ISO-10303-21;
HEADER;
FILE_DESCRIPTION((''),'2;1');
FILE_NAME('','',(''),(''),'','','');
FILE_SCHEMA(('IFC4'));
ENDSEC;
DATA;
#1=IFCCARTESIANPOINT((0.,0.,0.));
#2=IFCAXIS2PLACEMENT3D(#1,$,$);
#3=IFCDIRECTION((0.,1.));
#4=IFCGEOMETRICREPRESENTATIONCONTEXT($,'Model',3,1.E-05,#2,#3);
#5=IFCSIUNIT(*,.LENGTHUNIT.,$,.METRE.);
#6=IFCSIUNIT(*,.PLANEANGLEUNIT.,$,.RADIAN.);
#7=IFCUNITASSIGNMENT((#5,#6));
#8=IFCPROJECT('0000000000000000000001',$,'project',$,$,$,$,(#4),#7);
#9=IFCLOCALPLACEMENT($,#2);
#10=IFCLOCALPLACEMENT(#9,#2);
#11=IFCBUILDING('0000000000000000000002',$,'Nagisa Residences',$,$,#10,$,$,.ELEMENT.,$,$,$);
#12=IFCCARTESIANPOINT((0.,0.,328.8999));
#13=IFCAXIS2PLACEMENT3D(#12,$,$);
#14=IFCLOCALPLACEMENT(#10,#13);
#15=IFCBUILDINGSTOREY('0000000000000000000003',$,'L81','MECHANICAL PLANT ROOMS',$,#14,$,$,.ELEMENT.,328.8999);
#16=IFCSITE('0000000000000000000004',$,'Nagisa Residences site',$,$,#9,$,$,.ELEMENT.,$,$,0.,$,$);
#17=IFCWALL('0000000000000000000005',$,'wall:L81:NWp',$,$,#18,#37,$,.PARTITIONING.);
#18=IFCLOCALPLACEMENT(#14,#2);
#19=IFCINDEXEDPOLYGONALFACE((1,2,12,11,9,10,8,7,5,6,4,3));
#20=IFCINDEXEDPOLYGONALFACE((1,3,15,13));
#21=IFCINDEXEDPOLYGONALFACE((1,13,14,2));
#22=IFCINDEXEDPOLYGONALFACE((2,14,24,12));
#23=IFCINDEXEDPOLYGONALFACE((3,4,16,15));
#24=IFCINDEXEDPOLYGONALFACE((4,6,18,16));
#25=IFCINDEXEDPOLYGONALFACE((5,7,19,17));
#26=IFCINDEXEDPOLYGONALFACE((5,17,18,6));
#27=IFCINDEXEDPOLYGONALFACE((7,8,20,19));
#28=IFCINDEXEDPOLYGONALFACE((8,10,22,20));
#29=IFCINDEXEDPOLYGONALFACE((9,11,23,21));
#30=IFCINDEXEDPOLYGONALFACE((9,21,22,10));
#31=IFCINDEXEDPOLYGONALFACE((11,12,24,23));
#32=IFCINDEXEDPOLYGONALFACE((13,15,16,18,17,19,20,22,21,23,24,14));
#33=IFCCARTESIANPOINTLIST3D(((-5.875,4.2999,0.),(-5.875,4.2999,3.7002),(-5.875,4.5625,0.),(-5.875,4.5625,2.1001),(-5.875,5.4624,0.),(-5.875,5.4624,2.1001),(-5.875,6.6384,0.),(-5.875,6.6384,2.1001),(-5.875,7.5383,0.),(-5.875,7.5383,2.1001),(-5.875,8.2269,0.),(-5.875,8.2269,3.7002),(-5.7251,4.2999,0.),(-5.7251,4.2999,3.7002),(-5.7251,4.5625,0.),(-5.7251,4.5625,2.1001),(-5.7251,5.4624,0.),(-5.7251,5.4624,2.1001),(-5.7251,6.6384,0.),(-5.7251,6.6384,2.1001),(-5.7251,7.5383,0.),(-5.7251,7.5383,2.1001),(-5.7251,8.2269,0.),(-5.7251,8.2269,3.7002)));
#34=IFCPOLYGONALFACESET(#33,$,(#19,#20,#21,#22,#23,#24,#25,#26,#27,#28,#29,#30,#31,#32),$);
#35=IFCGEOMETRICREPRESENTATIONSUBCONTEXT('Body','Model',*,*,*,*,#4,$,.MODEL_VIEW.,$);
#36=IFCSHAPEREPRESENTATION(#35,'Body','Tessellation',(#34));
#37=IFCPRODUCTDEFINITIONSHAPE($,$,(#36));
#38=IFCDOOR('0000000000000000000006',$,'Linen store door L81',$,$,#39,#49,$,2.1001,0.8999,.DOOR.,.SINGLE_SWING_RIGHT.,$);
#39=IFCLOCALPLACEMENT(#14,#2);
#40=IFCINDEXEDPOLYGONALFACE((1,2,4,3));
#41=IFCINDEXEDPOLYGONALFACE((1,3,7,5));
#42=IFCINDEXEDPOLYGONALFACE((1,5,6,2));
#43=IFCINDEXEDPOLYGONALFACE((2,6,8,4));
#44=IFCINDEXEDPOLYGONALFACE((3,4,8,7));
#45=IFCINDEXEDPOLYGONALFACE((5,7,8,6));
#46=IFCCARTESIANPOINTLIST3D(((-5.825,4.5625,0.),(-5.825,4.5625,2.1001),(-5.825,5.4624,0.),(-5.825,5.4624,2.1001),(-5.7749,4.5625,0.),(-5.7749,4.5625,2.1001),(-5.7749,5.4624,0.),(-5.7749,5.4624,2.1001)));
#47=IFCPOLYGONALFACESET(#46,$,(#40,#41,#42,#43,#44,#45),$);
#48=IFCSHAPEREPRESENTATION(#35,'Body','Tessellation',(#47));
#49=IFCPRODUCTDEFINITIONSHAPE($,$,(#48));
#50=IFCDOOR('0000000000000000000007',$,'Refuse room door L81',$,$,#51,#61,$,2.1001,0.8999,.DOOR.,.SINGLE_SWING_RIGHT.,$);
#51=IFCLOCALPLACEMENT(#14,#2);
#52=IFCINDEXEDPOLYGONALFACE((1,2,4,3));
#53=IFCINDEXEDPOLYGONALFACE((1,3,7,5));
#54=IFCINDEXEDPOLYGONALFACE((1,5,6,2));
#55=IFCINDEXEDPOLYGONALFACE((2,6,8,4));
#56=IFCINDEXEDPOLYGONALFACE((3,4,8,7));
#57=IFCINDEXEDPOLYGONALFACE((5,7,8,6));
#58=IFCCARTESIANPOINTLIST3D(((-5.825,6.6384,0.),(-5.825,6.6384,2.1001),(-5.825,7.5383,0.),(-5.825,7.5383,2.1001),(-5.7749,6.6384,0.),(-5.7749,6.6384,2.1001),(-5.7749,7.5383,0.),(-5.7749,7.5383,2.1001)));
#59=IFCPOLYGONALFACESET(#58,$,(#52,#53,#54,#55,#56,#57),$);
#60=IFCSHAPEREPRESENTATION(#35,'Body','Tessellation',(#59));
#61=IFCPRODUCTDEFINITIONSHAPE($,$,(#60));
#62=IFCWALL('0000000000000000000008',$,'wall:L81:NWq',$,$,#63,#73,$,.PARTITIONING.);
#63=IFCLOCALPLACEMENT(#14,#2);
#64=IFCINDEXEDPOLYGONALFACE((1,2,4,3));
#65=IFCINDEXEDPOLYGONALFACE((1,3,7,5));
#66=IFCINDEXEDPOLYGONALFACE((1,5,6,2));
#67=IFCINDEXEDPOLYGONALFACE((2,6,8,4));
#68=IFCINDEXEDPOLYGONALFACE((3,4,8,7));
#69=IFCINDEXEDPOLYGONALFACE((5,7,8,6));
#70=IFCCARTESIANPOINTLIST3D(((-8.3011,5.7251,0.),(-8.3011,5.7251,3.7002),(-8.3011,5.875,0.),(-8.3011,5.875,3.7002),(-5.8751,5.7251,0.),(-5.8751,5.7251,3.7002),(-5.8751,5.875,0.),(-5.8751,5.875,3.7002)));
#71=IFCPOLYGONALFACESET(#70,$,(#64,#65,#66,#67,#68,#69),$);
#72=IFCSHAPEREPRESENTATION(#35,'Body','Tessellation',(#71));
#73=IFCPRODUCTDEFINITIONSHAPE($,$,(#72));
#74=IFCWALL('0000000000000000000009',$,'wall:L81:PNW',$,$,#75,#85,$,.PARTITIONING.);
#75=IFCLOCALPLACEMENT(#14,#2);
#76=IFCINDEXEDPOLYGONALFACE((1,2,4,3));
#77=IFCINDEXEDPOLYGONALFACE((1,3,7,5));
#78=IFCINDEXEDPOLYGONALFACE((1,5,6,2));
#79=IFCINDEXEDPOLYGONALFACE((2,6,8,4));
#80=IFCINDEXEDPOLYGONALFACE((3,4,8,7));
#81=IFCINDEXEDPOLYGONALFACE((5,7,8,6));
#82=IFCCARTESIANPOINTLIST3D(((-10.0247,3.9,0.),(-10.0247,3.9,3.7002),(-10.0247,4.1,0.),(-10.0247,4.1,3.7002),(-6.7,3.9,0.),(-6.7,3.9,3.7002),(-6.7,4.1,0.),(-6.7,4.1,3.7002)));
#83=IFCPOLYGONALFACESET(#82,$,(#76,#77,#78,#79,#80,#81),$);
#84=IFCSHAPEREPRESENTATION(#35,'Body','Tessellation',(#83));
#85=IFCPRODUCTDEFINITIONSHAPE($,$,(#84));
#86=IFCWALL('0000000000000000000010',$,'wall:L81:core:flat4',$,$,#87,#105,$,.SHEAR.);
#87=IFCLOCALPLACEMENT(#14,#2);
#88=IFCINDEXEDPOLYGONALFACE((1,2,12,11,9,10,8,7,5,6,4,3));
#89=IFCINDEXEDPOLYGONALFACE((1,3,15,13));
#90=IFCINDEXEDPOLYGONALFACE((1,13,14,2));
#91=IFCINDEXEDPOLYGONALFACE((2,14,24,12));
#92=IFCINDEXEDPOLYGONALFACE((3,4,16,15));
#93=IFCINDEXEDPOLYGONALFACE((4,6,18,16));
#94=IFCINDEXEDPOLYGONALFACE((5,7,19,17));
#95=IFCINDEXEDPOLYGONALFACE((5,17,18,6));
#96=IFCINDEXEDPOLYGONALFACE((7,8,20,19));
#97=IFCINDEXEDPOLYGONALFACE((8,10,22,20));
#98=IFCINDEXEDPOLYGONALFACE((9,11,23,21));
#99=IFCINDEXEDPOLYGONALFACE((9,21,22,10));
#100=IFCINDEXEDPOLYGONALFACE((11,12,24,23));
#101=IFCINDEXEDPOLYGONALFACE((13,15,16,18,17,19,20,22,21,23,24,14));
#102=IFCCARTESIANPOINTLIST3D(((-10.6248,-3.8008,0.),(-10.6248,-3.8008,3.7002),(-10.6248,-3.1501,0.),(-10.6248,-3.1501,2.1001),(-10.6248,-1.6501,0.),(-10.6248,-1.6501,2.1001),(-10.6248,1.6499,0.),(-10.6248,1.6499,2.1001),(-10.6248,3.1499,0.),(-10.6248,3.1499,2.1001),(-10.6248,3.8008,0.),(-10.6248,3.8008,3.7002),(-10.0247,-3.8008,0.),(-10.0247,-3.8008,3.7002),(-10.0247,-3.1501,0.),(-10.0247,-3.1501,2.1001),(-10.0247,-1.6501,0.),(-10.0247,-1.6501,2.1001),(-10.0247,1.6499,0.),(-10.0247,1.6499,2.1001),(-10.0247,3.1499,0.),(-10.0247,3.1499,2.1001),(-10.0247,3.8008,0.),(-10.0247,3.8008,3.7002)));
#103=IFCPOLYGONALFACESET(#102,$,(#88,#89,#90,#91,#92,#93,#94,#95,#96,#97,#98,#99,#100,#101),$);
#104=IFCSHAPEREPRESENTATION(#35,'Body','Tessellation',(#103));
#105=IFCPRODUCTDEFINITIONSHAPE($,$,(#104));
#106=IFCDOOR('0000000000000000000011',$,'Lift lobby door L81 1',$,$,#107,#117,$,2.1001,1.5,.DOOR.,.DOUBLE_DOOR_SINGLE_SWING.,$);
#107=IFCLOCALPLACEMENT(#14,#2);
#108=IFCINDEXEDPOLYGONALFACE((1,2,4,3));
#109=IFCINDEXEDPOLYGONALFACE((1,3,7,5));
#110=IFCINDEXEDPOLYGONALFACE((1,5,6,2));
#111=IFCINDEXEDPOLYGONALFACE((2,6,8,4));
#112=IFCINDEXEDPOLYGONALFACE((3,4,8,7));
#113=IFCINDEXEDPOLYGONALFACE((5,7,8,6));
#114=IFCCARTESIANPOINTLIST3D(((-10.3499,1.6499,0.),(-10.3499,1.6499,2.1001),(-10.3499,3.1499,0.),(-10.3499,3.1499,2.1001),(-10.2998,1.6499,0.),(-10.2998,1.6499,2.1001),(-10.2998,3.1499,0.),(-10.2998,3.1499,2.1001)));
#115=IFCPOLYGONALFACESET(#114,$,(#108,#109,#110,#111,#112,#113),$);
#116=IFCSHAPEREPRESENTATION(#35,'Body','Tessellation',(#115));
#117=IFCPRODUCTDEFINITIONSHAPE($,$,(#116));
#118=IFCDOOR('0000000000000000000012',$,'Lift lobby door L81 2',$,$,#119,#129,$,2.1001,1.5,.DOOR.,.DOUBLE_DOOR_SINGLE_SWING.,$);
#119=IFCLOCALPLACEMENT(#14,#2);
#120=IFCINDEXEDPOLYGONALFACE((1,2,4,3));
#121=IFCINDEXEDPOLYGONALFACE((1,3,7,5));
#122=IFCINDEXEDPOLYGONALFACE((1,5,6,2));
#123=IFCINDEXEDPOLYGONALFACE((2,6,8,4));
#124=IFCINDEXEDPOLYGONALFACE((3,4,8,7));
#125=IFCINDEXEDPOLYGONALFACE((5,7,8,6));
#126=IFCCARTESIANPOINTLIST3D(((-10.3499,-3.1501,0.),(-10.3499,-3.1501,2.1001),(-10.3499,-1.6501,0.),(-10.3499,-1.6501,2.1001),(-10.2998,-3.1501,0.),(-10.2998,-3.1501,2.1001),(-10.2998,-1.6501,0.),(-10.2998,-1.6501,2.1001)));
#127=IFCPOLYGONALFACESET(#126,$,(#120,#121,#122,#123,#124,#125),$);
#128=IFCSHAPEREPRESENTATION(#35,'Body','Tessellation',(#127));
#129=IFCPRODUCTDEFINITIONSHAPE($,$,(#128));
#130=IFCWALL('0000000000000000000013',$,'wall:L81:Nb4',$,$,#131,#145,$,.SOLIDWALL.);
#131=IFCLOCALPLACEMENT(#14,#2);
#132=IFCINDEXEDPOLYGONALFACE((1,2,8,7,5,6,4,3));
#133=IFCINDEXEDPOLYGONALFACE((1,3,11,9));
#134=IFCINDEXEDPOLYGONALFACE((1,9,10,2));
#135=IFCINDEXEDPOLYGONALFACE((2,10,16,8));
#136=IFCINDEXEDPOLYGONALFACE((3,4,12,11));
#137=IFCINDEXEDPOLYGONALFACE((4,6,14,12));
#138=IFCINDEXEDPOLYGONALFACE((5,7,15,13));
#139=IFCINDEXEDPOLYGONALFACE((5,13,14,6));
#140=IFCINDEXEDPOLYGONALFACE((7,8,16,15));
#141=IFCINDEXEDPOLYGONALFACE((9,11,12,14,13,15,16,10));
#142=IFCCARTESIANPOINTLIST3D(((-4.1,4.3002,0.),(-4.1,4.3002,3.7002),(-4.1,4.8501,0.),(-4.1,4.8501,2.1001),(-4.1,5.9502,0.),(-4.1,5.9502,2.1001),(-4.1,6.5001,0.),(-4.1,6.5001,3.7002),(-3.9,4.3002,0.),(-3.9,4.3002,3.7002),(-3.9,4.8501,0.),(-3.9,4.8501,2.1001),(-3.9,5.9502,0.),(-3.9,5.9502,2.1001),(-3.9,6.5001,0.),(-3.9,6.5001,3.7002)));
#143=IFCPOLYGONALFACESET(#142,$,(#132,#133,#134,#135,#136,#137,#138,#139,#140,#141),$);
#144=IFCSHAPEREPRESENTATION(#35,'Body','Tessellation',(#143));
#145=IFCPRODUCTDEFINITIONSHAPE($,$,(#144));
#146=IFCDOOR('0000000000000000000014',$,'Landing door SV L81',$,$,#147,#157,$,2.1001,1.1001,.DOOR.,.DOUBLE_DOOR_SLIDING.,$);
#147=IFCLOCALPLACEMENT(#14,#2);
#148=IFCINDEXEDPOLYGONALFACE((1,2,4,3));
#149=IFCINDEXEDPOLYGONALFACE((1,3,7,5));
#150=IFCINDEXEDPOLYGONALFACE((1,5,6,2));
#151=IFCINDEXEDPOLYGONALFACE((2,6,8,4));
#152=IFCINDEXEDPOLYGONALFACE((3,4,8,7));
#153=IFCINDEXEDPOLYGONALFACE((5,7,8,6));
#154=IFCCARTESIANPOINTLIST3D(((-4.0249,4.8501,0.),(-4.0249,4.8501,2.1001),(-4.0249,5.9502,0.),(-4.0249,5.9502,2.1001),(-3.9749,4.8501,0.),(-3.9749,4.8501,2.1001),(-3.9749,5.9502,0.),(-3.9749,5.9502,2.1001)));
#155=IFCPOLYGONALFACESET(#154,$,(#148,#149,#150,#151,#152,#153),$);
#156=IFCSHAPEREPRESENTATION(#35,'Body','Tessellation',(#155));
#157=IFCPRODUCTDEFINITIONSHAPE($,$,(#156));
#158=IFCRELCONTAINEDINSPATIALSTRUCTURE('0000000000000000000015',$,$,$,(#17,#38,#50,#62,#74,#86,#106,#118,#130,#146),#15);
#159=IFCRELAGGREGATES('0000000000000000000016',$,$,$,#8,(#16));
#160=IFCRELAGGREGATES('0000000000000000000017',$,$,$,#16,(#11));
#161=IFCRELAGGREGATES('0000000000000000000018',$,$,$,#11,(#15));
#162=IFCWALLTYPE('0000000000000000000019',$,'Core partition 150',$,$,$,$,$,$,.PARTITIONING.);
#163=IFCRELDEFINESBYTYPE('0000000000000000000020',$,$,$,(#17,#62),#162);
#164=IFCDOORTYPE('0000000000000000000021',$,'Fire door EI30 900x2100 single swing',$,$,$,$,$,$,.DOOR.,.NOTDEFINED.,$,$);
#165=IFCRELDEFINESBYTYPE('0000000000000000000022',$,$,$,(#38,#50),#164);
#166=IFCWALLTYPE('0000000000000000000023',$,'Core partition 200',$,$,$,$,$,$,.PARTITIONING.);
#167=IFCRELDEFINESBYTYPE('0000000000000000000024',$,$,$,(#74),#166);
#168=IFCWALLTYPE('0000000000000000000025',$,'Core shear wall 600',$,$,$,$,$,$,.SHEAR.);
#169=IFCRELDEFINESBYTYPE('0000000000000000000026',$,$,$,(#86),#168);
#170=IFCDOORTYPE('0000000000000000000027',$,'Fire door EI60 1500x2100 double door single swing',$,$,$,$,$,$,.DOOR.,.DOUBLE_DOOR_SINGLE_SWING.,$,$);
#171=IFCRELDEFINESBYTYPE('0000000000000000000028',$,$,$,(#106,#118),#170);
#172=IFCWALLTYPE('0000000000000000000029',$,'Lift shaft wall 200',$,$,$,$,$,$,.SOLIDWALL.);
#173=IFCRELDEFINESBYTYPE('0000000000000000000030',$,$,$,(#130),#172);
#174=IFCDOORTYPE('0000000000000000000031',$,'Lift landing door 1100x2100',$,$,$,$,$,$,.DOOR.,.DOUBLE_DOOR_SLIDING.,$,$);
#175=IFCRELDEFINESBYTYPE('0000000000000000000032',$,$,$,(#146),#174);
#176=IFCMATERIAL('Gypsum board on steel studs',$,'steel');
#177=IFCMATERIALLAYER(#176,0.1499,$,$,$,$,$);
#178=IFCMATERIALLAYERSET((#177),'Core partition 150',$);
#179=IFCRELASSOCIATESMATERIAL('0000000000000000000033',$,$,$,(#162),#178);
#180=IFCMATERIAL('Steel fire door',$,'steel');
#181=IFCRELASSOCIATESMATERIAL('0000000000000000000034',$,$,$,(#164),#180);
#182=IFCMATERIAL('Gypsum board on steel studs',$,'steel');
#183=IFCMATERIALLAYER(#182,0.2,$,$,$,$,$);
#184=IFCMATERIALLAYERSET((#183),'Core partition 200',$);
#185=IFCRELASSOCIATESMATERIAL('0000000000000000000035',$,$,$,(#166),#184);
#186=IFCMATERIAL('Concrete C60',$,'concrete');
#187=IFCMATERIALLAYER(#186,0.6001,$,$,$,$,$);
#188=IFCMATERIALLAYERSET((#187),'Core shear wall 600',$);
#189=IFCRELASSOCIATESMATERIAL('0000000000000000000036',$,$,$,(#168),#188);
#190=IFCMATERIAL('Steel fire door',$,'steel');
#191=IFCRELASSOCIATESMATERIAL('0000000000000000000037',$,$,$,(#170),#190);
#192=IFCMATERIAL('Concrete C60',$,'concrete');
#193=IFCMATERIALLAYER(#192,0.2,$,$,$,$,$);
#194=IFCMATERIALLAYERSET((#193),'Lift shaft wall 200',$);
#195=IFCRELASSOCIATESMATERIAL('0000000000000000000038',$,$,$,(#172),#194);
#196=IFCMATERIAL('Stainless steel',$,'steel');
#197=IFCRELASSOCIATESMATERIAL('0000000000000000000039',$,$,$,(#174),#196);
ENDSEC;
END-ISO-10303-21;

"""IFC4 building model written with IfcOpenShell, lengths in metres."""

from ifc_helpers import new_model, si_unit, direction, frame, frame_2d, origin, place, context, subcontext, project, spatial, rectangle, extrude, material, layer, layer_set, type_object, element, fill, save


model = new_model("IFC4")

# Units and contexts
model_context = context("Model", 3, precision=1e-05, world=origin(), true_north=direction((0.0, 1.0)))
body_context = subcontext(model_context, "Body", "Model", "MODEL_VIEW")
ifc_project = project(units=[si_unit("LENGTHUNIT", "METRE"), si_unit("PLANEANGLEUNIT", "RADIAN")], contexts=[model_context])

# Site, building, storey
site_placement = place(None, origin())
site = spatial("IfcSite", under=ifc_project, at=site_placement, Name="Nagisa Residences site", CompositionType="ELEMENT", RefElevation=0.0)
building_placement = place(site_placement, origin())
building = spatial("IfcBuilding", under=site, at=building_placement, Name="Nagisa Residences", CompositionType="ELEMENT")
storey_placement = place(building_placement, frame((0.0, 0.0, 328.8999)))
storey = spatial("IfcBuildingStorey", under=building, at=storey_placement, Name="L81", Description="MECHANICAL PLANT ROOMS", CompositionType="ELEMENT", Elevation=328.8999)

# Wall, openings, doors
ifc_material_1 = material(Name="Gypsum board on steel studs", Category="steel")
ifc_layer_1 = layer(ifc_material_1, 0.1499)
ifc_layer_set_1 = layer_set([ifc_layer_1], Name="Core partition 150")
wall_type_1 = type_object("IfcWallType", Name="Core partition 150", PredefinedType="PARTITIONING", material=ifc_layer_set_1)
wall_1_placement = place(storey_placement, frame((-5.8, 4.3, 0.0), z_axis=(0.0, 0.0, 1.0), x_axis=(0.0, 1.0, 0.0)))
wall_1 = element("IfcWall", 1, at=wall_1_placement, inside=storey, type_object=wall_type_1, Name="wall:L81:NWp", PredefinedType="PARTITIONING", context=body_context, shape_type="SweptSolid", body=[
    extrude(rectangle(XDim=3.927, YDim=0.1499, at=frame_2d((1.9634, 0.0))), origin(), (0.0, 0.0, 1.0), 3.7002),
])
opening_1_placement = place(wall_1_placement, frame((0.2625, 0.0, 0.0)))
opening_1 = element("IfcOpeningElement", 2, at=opening_1_placement, cuts=wall_1, PredefinedType="OPENING", context=body_context, shape_type="SweptSolid", body=[
    extrude(rectangle(XDim=0.8999, YDim=2.1001, at=frame_2d((0.45, 1.05))), frame((0.0, 0.085, 0.0), z_axis=(0.0, -1.0, 0.0), x_axis=(1.0, 0.0, 0.0)), (0.0, 0.0, 1.0), 0.1699),
])
opening_2_placement = place(wall_1_placement, frame((2.3384, 0.0, 0.0)))
opening_2 = element("IfcOpeningElement", 3, at=opening_2_placement, cuts=wall_1, PredefinedType="OPENING", context=body_context, shape_type="SweptSolid", body=[
    extrude(rectangle(XDim=0.8999, YDim=2.1001, at=frame_2d((0.45, 1.05))), frame((0.0, 0.085, 0.0), z_axis=(0.0, -1.0, 0.0), x_axis=(1.0, 0.0, 0.0)), (0.0, 0.0, 1.0), 0.1699),
])
ifc_material_2 = material(Name="Steel fire door", Category="steel")
door_type_1 = type_object("IfcDoorType", Name="Fire door EI30 900x2100 single swing", OperationType="NOTDEFINED", PredefinedType="DOOR", material=ifc_material_2)
door_1_placement = place(opening_1_placement, origin())
door_1 = element("IfcDoor", 4, at=door_1_placement, inside=storey, type_object=door_type_1, Name="Linen store door L81", OperationType="SINGLE_SWING_RIGHT", OverallHeight=2.1001, OverallWidth=0.8999, PredefinedType="DOOR", context=body_context, shape_type="SweptSolid", body=[
    extrude(rectangle(XDim=0.8999, YDim=2.1001, at=frame_2d((0.45, 1.05))), frame((0.0, 0.0249, 0.0), z_axis=(0.0, -1.0, 0.0), x_axis=(1.0, 0.0, 0.0)), (0.0, 0.0, 1.0), 0.05),
])
fill(opening_1, door_1)
door_2_placement = place(opening_2_placement, origin())
door_2 = element("IfcDoor", 5, at=door_2_placement, inside=storey, type_object=door_type_1, Name="Refuse room door L81", OperationType="SINGLE_SWING_RIGHT", OverallHeight=2.1001, OverallWidth=0.8999, PredefinedType="DOOR", context=body_context, shape_type="SweptSolid", body=[
    extrude(rectangle(XDim=0.8999, YDim=2.1001, at=frame_2d((0.45, 1.05))), frame((0.0, 0.0249, 0.0), z_axis=(0.0, -1.0, 0.0), x_axis=(1.0, 0.0, 0.0)), (0.0, 0.0, 1.0), 0.05),
])
fill(opening_2, door_2)

# Walls
wall_2_placement = place(storey_placement, frame((-8.301, 5.8, 0.0), z_axis=(0.0, 0.0, 1.0), x_axis=(1.0, 0.0, 0.0)))
element("IfcWall", 6, at=wall_2_placement, inside=storey, type_object=wall_type_1, Name="wall:L81:NWq", PredefinedType="PARTITIONING", context=body_context, shape_type="SweptSolid", body=[
    extrude(rectangle(XDim=2.426, YDim=0.1499, at=frame_2d((1.2129, 0.0))), origin(), (0.0, 0.0, 1.0), 3.7002),
])
ifc_material_3 = material(Name="Gypsum board on steel studs", Category="steel")
ifc_layer_2 = layer(ifc_material_3, 0.2)
ifc_layer_set_2 = layer_set([ifc_layer_2], Name="Core partition 200")
wall_type_2 = type_object("IfcWallType", Name="Core partition 200", PredefinedType="PARTITIONING", material=ifc_layer_set_2)
wall_3_placement = place(storey_placement, frame((-10.0247, 4.0, 0.0), z_axis=(0.0, 0.0, 1.0), x_axis=(1.0, 0.0, 0.0)))
element("IfcWall", 7, at=wall_3_placement, inside=storey, type_object=wall_type_2, Name="wall:L81:PNW", PredefinedType="PARTITIONING", context=body_context, shape_type="SweptSolid", body=[
    extrude(rectangle(XDim=3.3247, YDim=0.2, at=frame_2d((1.6624, 0.0))), origin(), (0.0, 0.0, 1.0), 3.7002),
])

# Wall, openings, doors
ifc_material_4 = material(Name="Concrete C60", Category="concrete")
ifc_layer_3 = layer(ifc_material_4, 0.6001)
ifc_layer_set_3 = layer_set([ifc_layer_3], Name="Core shear wall 600")
wall_type_3 = type_object("IfcWallType", Name="Core shear wall 600", PredefinedType="SHEAR", material=ifc_layer_set_3)
wall_4_placement = place(storey_placement, frame((-10.3247, 3.8008, 0.0), z_axis=(0.0, 0.0, 1.0), x_axis=(0.0, -1.0, 0.0)))
wall_4 = element("IfcWall", 8, at=wall_4_placement, inside=storey, type_object=wall_type_3, Name="wall:L81:core:flat4", PredefinedType="SHEAR", context=body_context, shape_type="SweptSolid", body=[
    extrude(rectangle(XDim=7.6016, YDim=0.6001, at=frame_2d((3.8008, 0.0))), origin(), (0.0, 0.0, 1.0), 3.7002),
])
opening_3_placement = place(wall_4_placement, frame((0.6509, 0.0, 0.0)))
opening_3 = element("IfcOpeningElement", 9, at=opening_3_placement, cuts=wall_4, PredefinedType="OPENING", context=body_context, shape_type="SweptSolid", body=[
    extrude(rectangle(XDim=1.5, YDim=2.1001, at=frame_2d((0.75, 1.05))), frame((0.0, 0.3101, 0.0), z_axis=(0.0, -1.0, 0.0), x_axis=(1.0, 0.0, 0.0)), (0.0, 0.0, 1.0), 0.6201),
])
opening_4_placement = place(wall_4_placement, frame((5.4509, 0.0, 0.0)))
opening_4 = element("IfcOpeningElement", 10, at=opening_4_placement, cuts=wall_4, PredefinedType="OPENING", context=body_context, shape_type="SweptSolid", body=[
    extrude(rectangle(XDim=1.5, YDim=2.1001, at=frame_2d((0.75, 1.05))), frame((0.0, 0.3101, 0.0), z_axis=(0.0, -1.0, 0.0), x_axis=(1.0, 0.0, 0.0)), (0.0, 0.0, 1.0), 0.6201),
])
ifc_material_5 = material(Name="Steel fire door", Category="steel")
door_type_2 = type_object("IfcDoorType", Name="Fire door EI60 1500x2100 double door single swing", OperationType="DOUBLE_DOOR_SINGLE_SWING", PredefinedType="DOOR", material=ifc_material_5)
door_3_placement = place(opening_3_placement, origin())
door_3 = element("IfcDoor", 11, at=door_3_placement, inside=storey, type_object=door_type_2, Name="Lift lobby door L81 1", OperationType="DOUBLE_DOOR_SINGLE_SWING", OverallHeight=2.1001, OverallWidth=1.5, PredefinedType="DOOR", context=body_context, shape_type="SweptSolid", body=[
    extrude(rectangle(XDim=1.5, YDim=2.1001, at=frame_2d((0.75, 1.05))), frame((0.0, 0.0249, 0.0), z_axis=(0.0, -1.0, 0.0), x_axis=(1.0, 0.0, 0.0)), (0.0, 0.0, 1.0), 0.05),
])
fill(opening_3, door_3)
door_4_placement = place(opening_4_placement, origin())
door_4 = element("IfcDoor", 12, at=door_4_placement, inside=storey, type_object=door_type_2, Name="Lift lobby door L81 2", OperationType="DOUBLE_DOOR_SINGLE_SWING", OverallHeight=2.1001, OverallWidth=1.5, PredefinedType="DOOR", context=body_context, shape_type="SweptSolid", body=[
    extrude(rectangle(XDim=1.5, YDim=2.1001, at=frame_2d((0.75, 1.05))), frame((0.0, 0.0249, 0.0), z_axis=(0.0, -1.0, 0.0), x_axis=(1.0, 0.0, 0.0)), (0.0, 0.0, 1.0), 0.05),
])
fill(opening_4, door_4)

# Wall, opening, door
ifc_material_6 = material(Name="Concrete C60", Category="concrete")
ifc_layer_4 = layer(ifc_material_6, 0.2)
ifc_layer_set_4 = layer_set([ifc_layer_4], Name="Lift shaft wall 200")
wall_type_4 = type_object("IfcWallType", Name="Lift shaft wall 200", PredefinedType="SOLIDWALL", material=ifc_layer_set_4)
wall_5_placement = place(storey_placement, frame((-4.0, 4.3, 0.0), z_axis=(0.0, 0.0, 1.0), x_axis=(0.0, 1.0, 0.0)))
wall_5 = element("IfcWall", 13, at=wall_5_placement, inside=storey, type_object=wall_type_4, Name="wall:L81:Nb4", PredefinedType="SOLIDWALL", context=body_context, shape_type="SweptSolid", body=[
    extrude(rectangle(XDim=2.2, YDim=0.2, at=frame_2d((1.1001, 0.0))), origin(), (0.0, 0.0, 1.0), 3.7002),
])
opening_5_placement = place(wall_5_placement, frame((0.55, 0.0, 0.0)))
opening_5 = element("IfcOpeningElement", 14, at=opening_5_placement, cuts=wall_5, PredefinedType="OPENING", context=body_context, shape_type="SweptSolid", body=[
    extrude(rectangle(XDim=1.1001, YDim=2.1001, at=frame_2d((0.55, 1.05))), frame((0.0, 0.1099, 0.0), z_axis=(0.0, -1.0, 0.0), x_axis=(1.0, 0.0, 0.0)), (0.0, 0.0, 1.0), 0.22),
])
ifc_material_7 = material(Name="Stainless steel", Category="steel")
door_type_3 = type_object("IfcDoorType", Name="Lift landing door 1100x2100", OperationType="DOUBLE_DOOR_SLIDING", PredefinedType="DOOR", material=ifc_material_7)
door_5_placement = place(opening_5_placement, origin())
door_5 = element("IfcDoor", 15, at=door_5_placement, inside=storey, type_object=door_type_3, Name="Landing door SV L81", OperationType="DOUBLE_DOOR_SLIDING", OverallHeight=2.1001, OverallWidth=1.1001, PredefinedType="DOOR", context=body_context, shape_type="SweptSolid", body=[
    extrude(rectangle(XDim=1.1001, YDim=2.1001, at=frame_2d((0.55, 1.05))), frame((0.0, 0.0249, 0.0), z_axis=(0.0, -1.0, 0.0), x_axis=(1.0, 0.0, 0.0)), (0.0, 0.0, 1.0), 0.05),
])
fill(opening_5, door_5)

save(model, "model.ifc")
